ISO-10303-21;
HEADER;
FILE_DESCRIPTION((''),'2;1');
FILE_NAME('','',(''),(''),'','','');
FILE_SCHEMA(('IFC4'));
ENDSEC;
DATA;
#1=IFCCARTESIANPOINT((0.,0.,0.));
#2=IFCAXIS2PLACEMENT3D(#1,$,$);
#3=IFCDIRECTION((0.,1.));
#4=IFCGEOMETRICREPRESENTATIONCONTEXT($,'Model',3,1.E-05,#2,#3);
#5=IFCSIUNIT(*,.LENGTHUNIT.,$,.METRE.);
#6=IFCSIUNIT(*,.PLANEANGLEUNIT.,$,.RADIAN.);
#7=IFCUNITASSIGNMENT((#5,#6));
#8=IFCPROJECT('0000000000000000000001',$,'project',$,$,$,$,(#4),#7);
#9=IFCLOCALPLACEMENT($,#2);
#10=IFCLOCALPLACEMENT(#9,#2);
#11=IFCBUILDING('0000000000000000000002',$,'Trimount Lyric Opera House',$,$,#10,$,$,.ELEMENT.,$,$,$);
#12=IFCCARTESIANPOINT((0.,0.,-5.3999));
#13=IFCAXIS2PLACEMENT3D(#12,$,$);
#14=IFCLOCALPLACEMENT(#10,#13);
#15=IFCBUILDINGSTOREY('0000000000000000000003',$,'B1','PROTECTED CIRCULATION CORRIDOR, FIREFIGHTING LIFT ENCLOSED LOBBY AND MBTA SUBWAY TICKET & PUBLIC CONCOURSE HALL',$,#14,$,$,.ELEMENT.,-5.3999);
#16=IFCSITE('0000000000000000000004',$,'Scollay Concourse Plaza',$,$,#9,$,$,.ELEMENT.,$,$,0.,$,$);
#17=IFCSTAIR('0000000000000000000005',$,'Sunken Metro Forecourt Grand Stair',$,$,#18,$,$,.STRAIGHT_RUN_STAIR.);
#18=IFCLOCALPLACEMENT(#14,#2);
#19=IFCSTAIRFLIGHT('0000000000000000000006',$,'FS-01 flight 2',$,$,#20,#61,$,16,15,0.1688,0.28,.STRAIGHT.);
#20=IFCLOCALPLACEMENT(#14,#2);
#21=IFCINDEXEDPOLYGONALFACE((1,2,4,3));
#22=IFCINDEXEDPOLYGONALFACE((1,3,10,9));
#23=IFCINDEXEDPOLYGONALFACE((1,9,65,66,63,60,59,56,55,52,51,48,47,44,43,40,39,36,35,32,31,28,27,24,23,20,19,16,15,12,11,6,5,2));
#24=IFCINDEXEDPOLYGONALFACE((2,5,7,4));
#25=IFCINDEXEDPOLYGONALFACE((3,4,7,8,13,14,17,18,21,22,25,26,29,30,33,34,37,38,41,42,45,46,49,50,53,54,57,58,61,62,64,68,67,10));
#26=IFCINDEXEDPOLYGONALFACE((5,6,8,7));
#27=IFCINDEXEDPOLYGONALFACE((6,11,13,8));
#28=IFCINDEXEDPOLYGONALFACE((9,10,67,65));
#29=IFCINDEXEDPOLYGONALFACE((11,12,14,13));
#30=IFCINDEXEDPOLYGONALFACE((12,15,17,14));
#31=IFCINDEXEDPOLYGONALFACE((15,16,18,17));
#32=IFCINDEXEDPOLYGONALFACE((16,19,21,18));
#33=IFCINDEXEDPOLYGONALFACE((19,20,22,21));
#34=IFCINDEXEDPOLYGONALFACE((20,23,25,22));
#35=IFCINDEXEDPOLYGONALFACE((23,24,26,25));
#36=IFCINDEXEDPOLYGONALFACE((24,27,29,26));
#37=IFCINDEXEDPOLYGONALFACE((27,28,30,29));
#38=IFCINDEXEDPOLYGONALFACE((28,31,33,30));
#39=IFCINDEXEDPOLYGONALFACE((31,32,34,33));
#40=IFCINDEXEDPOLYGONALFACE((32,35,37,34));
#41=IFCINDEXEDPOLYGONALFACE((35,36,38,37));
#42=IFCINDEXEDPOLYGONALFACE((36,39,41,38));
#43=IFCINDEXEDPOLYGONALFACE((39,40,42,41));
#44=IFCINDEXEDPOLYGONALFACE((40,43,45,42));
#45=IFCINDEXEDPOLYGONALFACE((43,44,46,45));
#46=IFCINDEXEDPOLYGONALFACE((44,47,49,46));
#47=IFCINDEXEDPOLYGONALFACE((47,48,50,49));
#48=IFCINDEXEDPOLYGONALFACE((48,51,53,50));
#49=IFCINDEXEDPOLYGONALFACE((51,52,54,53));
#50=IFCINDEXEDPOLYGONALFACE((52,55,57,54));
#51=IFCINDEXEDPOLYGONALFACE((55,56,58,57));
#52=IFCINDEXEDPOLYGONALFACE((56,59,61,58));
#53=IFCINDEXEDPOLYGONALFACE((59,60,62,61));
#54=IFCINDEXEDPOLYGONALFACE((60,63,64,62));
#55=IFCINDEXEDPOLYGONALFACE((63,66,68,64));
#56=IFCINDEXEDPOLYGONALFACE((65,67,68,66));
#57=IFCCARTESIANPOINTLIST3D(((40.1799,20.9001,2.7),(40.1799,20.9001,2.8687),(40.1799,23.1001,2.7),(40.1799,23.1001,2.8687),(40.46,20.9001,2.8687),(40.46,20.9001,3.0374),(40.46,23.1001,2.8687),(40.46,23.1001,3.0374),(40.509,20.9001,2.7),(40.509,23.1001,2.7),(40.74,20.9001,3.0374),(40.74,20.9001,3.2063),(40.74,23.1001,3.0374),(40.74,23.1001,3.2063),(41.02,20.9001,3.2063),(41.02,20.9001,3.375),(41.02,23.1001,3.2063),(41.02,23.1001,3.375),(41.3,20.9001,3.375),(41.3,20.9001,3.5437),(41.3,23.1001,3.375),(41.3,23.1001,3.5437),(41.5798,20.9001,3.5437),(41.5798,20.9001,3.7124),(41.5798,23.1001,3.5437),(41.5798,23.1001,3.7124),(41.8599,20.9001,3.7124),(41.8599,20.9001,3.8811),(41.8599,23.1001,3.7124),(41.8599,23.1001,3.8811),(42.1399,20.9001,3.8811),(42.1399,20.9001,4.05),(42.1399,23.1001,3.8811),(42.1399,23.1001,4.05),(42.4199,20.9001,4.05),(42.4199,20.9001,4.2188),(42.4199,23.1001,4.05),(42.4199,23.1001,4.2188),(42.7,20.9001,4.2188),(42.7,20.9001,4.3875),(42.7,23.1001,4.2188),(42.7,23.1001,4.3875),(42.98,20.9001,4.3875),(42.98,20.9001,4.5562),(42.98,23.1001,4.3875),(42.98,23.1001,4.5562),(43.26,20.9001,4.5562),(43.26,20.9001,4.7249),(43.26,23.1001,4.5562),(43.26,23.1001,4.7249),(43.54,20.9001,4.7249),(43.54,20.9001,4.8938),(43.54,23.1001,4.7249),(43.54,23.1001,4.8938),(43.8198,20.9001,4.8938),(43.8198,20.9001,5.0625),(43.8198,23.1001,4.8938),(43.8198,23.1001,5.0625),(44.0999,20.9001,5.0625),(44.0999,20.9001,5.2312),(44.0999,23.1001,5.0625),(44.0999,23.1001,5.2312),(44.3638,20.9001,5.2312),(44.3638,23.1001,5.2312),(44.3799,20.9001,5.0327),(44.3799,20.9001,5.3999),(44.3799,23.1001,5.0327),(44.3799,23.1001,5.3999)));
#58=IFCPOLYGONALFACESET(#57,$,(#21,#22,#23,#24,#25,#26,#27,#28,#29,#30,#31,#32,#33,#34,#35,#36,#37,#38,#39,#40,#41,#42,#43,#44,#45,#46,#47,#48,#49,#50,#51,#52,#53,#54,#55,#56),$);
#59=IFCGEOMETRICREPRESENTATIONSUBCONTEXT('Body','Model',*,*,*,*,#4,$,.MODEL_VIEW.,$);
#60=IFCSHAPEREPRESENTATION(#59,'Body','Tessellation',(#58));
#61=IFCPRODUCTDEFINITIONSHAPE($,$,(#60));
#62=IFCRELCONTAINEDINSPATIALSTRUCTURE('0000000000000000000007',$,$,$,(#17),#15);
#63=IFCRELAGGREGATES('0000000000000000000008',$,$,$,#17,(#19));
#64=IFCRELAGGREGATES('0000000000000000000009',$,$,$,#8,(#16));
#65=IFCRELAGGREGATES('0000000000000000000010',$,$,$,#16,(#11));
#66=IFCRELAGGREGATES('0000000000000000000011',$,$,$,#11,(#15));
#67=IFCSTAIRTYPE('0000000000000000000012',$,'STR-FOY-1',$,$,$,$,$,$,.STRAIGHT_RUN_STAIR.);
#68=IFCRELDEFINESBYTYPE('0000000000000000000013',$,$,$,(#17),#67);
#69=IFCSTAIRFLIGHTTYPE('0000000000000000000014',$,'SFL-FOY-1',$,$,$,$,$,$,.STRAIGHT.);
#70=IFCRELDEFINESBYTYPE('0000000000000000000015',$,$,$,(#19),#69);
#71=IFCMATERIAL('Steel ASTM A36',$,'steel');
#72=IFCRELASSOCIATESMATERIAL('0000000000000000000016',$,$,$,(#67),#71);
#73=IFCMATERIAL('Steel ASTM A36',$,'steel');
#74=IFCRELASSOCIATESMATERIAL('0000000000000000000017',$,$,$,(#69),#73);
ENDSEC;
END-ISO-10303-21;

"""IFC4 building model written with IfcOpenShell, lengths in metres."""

from ifc_helpers import new_model, si_unit, direction, frame, origin, place, context, subcontext, project, spatial, polyline, outline, extrude, material, type_object, element, aggregate, save


model = new_model("IFC4")

# Units and contexts
model_context = context("Model", 3, precision=1e-05, world=origin(), true_north=direction((0.0, 1.0)))
body_context = subcontext(model_context, "Body", "Model", "MODEL_VIEW")
ifc_project = project(units=[si_unit("LENGTHUNIT", "METRE"), si_unit("PLANEANGLEUNIT", "RADIAN")], contexts=[model_context])

# Site, building, storey
site_placement = place(None, origin())
site = spatial("IfcSite", under=ifc_project, at=site_placement, Name="Scollay Concourse Plaza", CompositionType="ELEMENT", RefElevation=0.0)
building_placement = place(site_placement, origin())
building = spatial("IfcBuilding", under=site, at=building_placement, Name="Trimount Lyric Opera House", CompositionType="ELEMENT")
storey_placement = place(building_placement, frame((0.0, 0.0, -5.3999)))
storey = spatial("IfcBuildingStorey", under=building, at=storey_placement, Name="B1", Description="PROTECTED CIRCULATION CORRIDOR, FIREFIGHTING LIFT ENCLOSED LOBBY AND MBTA SUBWAY TICKET & PUBLIC CONCOURSE HALL", CompositionType="ELEMENT", Elevation=-5.3999)

# Stair, stair flight
ifc_material_1 = material(Name="Steel ASTM A36", Category="steel")
stair_type = type_object("IfcStairType", Name="STR-FOY-1", PredefinedType="STRAIGHT_RUN_STAIR", material=ifc_material_1)
stair_placement = place(storey_placement, origin())
stair = element("IfcStair", 1, at=stair_placement, inside=storey, type_object=stair_type, Name="Sunken Metro Forecourt Grand Stair", PredefinedType="STRAIGHT_RUN_STAIR")
ifc_material_2 = material(Name="Steel ASTM A36", Category="steel")
stair_flight_type = type_object("IfcStairFlightType", Name="SFL-FOY-1", PredefinedType="STRAIGHT", material=ifc_material_2)
stair_flight_placement = place(storey_placement, frame((40.1799, 22.0, 2.7), z_axis=(0.0, 0.0, 1.0), x_axis=(1.0, 0.0, 0.0)))
stair_flight = element("IfcStairFlight", 2, at=stair_flight_placement, type_object=stair_flight_type, Name="FS-01 flight 2", NumberOfRisers=16, NumberOfTreads=15, PredefinedType="STRAIGHT", RiserHeight=0.1688, TreadLength=0.28, context=body_context, shape_type="SweptSolid", body=[
    extrude(outline(polyline([(0.0, 0.0), (0.0, 0.1687), (0.28, 0.1687), (0.28, 0.3374), (0.5601, 0.3374), (0.5601, 0.5063), (0.8401, 0.5063), (0.8401, 0.675), (1.1201, 0.675), (1.1201, 0.8438), (1.3999, 0.8438), (1.3999, 1.0125), (1.6799, 1.0125), (1.6799, 1.1812), (1.96, 1.1812), (1.96, 1.3501), (2.24, 1.3501), (2.24, 1.5188), (2.52, 1.5188), (2.52, 1.6875), (2.8, 1.6875), (2.8, 1.8562), (3.0801, 1.8562), (3.0801, 2.0249), (3.3601, 2.0249), (3.3601, 2.1938), (3.6399, 2.1938), (3.6399, 2.3625), (3.9199, 2.3625), (3.9199, 2.5312), (4.1838, 2.5312), (4.2, 2.7), (4.2, 2.3328), (0.3291, 0.0), (0.0, 0.0)])), frame((0.0, 1.1001, 0.0), z_axis=(0.0, -1.0, 0.0), x_axis=(1.0, 0.0, 0.0)), (0.0, 0.0, 1.0), 2.2),
])
aggregate(stair, [stair_flight])

save(model, "model.ifc")
